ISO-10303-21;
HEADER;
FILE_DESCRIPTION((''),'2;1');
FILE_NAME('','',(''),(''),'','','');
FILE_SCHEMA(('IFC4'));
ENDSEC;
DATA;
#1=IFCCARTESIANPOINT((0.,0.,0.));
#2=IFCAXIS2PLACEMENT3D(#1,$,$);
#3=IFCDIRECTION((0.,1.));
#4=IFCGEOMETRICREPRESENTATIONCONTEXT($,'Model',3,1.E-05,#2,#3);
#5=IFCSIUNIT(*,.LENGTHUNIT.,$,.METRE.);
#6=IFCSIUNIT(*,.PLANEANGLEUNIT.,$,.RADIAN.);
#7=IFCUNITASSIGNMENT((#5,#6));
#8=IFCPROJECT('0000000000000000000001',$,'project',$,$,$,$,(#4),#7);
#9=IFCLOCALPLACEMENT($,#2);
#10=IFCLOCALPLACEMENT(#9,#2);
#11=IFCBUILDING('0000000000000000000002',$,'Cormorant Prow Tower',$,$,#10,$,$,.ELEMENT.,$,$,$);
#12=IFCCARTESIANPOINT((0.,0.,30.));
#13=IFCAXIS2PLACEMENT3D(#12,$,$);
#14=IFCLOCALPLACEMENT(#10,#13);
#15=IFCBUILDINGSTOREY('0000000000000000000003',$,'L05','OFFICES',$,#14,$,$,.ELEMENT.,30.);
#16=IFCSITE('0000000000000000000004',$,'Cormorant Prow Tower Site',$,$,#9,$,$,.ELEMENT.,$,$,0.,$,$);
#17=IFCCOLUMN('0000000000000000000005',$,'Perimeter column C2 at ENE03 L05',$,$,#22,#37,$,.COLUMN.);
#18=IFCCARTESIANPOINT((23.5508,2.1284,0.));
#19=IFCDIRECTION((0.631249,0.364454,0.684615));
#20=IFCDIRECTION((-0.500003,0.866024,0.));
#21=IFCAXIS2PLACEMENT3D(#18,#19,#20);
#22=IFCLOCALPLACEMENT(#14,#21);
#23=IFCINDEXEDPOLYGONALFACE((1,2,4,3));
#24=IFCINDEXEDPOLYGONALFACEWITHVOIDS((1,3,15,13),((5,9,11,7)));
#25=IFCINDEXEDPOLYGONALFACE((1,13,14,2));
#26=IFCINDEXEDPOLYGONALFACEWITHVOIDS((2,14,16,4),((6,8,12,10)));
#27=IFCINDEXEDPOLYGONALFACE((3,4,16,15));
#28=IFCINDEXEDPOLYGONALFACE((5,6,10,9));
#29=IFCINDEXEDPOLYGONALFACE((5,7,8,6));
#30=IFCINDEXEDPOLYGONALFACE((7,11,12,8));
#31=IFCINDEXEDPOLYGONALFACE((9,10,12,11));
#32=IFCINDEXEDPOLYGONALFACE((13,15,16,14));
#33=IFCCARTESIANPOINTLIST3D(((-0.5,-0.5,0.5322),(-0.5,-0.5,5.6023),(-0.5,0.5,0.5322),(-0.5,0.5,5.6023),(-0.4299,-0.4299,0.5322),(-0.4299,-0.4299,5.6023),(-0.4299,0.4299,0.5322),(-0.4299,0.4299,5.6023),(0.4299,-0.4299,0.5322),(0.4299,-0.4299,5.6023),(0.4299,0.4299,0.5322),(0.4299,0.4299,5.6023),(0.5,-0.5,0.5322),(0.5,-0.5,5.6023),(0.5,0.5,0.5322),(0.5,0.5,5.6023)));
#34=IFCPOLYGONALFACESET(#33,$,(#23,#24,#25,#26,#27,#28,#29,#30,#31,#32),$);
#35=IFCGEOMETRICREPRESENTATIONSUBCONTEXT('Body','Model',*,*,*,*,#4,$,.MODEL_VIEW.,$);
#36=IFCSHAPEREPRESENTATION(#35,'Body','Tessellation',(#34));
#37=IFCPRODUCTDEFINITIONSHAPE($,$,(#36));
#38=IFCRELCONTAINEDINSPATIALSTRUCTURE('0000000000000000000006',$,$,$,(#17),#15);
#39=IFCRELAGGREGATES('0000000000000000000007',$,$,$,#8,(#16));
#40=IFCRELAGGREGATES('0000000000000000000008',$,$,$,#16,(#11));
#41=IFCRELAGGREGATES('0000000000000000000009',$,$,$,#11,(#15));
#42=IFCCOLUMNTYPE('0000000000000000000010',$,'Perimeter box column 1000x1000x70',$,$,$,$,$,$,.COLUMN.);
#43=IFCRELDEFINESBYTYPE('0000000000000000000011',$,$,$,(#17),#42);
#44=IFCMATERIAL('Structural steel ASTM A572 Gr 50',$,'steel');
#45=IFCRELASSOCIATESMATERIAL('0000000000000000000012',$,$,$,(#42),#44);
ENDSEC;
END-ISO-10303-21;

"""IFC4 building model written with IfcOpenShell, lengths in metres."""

from ifc_helpers import new_model, si_unit, direction, frame, origin, origin_2d, place, context, subcontext, project, spatial, hollow_rectangle, extrude, material, material_profile, profile_set, type_object, element, save


model = new_model("IFC4")

# Units and contexts
model_context = context("Model", 3, precision=1e-05, world=origin(), true_north=direction((0.0, 1.0)))
body_context = subcontext(model_context, "Body", "Model", "MODEL_VIEW")
ifc_project = project(units=[si_unit("LENGTHUNIT", "METRE"), si_unit("PLANEANGLEUNIT", "RADIAN")], contexts=[model_context])

# Site, building, storey
site_placement = place(None, origin())
site = spatial("IfcSite", under=ifc_project, at=site_placement, Name="Cormorant Prow Tower Site", CompositionType="ELEMENT", RefElevation=0.0)
building_placement = place(site_placement, origin())
building = spatial("IfcBuilding", under=site, at=building_placement, Name="Cormorant Prow Tower", CompositionType="ELEMENT")
storey_placement = place(building_placement, frame((0.0, 0.0, 30.0)))
storey = spatial("IfcBuildingStorey", under=building, at=storey_placement, Name="L05", Description="OFFICES", CompositionType="ELEMENT", Elevation=30.0)

# Column
ifc_material_1 = material(Name="Structural steel ASTM A572 Gr 50", Category="steel")
ifc_material_profile_1 = material_profile(ifc_material_1, hollow_rectangle(XDim=1.0, YDim=1.0, WallThickness=0.0701, at=origin_2d()), Name="Box 1000x1000x70")
ifc_profile_set_1 = profile_set([ifc_material_profile_1], Name="Structural steel ASTM A572 Gr 50")
column_type_1 = type_object("IfcColumnType", Name="Perimeter box column 1000x1000x70", PredefinedType="COLUMN", material=ifc_profile_set_1)
column_1_placement = place(storey_placement, frame((23.5508, 2.1284, 0.0), z_axis=(0.631249, 0.364454, 0.684615), x_axis=(-0.500003, 0.866024, 0.0)))
element("IfcColumn", 1, at=column_1_placement, inside=storey, type_object=column_type_1, Name="Perimeter column C2 at ENE03 L05", PredefinedType="COLUMN", context=body_context, shape_type="SweptSolid", body=[
    extrude(hollow_rectangle(XDim=1.0, YDim=1.0, WallThickness=0.0701, at=origin_2d()), frame((0.0, 0.0, 0.5322)), (0.0, 0.0, 1.0), 5.0701),
])

save(model, "model.ifc")
